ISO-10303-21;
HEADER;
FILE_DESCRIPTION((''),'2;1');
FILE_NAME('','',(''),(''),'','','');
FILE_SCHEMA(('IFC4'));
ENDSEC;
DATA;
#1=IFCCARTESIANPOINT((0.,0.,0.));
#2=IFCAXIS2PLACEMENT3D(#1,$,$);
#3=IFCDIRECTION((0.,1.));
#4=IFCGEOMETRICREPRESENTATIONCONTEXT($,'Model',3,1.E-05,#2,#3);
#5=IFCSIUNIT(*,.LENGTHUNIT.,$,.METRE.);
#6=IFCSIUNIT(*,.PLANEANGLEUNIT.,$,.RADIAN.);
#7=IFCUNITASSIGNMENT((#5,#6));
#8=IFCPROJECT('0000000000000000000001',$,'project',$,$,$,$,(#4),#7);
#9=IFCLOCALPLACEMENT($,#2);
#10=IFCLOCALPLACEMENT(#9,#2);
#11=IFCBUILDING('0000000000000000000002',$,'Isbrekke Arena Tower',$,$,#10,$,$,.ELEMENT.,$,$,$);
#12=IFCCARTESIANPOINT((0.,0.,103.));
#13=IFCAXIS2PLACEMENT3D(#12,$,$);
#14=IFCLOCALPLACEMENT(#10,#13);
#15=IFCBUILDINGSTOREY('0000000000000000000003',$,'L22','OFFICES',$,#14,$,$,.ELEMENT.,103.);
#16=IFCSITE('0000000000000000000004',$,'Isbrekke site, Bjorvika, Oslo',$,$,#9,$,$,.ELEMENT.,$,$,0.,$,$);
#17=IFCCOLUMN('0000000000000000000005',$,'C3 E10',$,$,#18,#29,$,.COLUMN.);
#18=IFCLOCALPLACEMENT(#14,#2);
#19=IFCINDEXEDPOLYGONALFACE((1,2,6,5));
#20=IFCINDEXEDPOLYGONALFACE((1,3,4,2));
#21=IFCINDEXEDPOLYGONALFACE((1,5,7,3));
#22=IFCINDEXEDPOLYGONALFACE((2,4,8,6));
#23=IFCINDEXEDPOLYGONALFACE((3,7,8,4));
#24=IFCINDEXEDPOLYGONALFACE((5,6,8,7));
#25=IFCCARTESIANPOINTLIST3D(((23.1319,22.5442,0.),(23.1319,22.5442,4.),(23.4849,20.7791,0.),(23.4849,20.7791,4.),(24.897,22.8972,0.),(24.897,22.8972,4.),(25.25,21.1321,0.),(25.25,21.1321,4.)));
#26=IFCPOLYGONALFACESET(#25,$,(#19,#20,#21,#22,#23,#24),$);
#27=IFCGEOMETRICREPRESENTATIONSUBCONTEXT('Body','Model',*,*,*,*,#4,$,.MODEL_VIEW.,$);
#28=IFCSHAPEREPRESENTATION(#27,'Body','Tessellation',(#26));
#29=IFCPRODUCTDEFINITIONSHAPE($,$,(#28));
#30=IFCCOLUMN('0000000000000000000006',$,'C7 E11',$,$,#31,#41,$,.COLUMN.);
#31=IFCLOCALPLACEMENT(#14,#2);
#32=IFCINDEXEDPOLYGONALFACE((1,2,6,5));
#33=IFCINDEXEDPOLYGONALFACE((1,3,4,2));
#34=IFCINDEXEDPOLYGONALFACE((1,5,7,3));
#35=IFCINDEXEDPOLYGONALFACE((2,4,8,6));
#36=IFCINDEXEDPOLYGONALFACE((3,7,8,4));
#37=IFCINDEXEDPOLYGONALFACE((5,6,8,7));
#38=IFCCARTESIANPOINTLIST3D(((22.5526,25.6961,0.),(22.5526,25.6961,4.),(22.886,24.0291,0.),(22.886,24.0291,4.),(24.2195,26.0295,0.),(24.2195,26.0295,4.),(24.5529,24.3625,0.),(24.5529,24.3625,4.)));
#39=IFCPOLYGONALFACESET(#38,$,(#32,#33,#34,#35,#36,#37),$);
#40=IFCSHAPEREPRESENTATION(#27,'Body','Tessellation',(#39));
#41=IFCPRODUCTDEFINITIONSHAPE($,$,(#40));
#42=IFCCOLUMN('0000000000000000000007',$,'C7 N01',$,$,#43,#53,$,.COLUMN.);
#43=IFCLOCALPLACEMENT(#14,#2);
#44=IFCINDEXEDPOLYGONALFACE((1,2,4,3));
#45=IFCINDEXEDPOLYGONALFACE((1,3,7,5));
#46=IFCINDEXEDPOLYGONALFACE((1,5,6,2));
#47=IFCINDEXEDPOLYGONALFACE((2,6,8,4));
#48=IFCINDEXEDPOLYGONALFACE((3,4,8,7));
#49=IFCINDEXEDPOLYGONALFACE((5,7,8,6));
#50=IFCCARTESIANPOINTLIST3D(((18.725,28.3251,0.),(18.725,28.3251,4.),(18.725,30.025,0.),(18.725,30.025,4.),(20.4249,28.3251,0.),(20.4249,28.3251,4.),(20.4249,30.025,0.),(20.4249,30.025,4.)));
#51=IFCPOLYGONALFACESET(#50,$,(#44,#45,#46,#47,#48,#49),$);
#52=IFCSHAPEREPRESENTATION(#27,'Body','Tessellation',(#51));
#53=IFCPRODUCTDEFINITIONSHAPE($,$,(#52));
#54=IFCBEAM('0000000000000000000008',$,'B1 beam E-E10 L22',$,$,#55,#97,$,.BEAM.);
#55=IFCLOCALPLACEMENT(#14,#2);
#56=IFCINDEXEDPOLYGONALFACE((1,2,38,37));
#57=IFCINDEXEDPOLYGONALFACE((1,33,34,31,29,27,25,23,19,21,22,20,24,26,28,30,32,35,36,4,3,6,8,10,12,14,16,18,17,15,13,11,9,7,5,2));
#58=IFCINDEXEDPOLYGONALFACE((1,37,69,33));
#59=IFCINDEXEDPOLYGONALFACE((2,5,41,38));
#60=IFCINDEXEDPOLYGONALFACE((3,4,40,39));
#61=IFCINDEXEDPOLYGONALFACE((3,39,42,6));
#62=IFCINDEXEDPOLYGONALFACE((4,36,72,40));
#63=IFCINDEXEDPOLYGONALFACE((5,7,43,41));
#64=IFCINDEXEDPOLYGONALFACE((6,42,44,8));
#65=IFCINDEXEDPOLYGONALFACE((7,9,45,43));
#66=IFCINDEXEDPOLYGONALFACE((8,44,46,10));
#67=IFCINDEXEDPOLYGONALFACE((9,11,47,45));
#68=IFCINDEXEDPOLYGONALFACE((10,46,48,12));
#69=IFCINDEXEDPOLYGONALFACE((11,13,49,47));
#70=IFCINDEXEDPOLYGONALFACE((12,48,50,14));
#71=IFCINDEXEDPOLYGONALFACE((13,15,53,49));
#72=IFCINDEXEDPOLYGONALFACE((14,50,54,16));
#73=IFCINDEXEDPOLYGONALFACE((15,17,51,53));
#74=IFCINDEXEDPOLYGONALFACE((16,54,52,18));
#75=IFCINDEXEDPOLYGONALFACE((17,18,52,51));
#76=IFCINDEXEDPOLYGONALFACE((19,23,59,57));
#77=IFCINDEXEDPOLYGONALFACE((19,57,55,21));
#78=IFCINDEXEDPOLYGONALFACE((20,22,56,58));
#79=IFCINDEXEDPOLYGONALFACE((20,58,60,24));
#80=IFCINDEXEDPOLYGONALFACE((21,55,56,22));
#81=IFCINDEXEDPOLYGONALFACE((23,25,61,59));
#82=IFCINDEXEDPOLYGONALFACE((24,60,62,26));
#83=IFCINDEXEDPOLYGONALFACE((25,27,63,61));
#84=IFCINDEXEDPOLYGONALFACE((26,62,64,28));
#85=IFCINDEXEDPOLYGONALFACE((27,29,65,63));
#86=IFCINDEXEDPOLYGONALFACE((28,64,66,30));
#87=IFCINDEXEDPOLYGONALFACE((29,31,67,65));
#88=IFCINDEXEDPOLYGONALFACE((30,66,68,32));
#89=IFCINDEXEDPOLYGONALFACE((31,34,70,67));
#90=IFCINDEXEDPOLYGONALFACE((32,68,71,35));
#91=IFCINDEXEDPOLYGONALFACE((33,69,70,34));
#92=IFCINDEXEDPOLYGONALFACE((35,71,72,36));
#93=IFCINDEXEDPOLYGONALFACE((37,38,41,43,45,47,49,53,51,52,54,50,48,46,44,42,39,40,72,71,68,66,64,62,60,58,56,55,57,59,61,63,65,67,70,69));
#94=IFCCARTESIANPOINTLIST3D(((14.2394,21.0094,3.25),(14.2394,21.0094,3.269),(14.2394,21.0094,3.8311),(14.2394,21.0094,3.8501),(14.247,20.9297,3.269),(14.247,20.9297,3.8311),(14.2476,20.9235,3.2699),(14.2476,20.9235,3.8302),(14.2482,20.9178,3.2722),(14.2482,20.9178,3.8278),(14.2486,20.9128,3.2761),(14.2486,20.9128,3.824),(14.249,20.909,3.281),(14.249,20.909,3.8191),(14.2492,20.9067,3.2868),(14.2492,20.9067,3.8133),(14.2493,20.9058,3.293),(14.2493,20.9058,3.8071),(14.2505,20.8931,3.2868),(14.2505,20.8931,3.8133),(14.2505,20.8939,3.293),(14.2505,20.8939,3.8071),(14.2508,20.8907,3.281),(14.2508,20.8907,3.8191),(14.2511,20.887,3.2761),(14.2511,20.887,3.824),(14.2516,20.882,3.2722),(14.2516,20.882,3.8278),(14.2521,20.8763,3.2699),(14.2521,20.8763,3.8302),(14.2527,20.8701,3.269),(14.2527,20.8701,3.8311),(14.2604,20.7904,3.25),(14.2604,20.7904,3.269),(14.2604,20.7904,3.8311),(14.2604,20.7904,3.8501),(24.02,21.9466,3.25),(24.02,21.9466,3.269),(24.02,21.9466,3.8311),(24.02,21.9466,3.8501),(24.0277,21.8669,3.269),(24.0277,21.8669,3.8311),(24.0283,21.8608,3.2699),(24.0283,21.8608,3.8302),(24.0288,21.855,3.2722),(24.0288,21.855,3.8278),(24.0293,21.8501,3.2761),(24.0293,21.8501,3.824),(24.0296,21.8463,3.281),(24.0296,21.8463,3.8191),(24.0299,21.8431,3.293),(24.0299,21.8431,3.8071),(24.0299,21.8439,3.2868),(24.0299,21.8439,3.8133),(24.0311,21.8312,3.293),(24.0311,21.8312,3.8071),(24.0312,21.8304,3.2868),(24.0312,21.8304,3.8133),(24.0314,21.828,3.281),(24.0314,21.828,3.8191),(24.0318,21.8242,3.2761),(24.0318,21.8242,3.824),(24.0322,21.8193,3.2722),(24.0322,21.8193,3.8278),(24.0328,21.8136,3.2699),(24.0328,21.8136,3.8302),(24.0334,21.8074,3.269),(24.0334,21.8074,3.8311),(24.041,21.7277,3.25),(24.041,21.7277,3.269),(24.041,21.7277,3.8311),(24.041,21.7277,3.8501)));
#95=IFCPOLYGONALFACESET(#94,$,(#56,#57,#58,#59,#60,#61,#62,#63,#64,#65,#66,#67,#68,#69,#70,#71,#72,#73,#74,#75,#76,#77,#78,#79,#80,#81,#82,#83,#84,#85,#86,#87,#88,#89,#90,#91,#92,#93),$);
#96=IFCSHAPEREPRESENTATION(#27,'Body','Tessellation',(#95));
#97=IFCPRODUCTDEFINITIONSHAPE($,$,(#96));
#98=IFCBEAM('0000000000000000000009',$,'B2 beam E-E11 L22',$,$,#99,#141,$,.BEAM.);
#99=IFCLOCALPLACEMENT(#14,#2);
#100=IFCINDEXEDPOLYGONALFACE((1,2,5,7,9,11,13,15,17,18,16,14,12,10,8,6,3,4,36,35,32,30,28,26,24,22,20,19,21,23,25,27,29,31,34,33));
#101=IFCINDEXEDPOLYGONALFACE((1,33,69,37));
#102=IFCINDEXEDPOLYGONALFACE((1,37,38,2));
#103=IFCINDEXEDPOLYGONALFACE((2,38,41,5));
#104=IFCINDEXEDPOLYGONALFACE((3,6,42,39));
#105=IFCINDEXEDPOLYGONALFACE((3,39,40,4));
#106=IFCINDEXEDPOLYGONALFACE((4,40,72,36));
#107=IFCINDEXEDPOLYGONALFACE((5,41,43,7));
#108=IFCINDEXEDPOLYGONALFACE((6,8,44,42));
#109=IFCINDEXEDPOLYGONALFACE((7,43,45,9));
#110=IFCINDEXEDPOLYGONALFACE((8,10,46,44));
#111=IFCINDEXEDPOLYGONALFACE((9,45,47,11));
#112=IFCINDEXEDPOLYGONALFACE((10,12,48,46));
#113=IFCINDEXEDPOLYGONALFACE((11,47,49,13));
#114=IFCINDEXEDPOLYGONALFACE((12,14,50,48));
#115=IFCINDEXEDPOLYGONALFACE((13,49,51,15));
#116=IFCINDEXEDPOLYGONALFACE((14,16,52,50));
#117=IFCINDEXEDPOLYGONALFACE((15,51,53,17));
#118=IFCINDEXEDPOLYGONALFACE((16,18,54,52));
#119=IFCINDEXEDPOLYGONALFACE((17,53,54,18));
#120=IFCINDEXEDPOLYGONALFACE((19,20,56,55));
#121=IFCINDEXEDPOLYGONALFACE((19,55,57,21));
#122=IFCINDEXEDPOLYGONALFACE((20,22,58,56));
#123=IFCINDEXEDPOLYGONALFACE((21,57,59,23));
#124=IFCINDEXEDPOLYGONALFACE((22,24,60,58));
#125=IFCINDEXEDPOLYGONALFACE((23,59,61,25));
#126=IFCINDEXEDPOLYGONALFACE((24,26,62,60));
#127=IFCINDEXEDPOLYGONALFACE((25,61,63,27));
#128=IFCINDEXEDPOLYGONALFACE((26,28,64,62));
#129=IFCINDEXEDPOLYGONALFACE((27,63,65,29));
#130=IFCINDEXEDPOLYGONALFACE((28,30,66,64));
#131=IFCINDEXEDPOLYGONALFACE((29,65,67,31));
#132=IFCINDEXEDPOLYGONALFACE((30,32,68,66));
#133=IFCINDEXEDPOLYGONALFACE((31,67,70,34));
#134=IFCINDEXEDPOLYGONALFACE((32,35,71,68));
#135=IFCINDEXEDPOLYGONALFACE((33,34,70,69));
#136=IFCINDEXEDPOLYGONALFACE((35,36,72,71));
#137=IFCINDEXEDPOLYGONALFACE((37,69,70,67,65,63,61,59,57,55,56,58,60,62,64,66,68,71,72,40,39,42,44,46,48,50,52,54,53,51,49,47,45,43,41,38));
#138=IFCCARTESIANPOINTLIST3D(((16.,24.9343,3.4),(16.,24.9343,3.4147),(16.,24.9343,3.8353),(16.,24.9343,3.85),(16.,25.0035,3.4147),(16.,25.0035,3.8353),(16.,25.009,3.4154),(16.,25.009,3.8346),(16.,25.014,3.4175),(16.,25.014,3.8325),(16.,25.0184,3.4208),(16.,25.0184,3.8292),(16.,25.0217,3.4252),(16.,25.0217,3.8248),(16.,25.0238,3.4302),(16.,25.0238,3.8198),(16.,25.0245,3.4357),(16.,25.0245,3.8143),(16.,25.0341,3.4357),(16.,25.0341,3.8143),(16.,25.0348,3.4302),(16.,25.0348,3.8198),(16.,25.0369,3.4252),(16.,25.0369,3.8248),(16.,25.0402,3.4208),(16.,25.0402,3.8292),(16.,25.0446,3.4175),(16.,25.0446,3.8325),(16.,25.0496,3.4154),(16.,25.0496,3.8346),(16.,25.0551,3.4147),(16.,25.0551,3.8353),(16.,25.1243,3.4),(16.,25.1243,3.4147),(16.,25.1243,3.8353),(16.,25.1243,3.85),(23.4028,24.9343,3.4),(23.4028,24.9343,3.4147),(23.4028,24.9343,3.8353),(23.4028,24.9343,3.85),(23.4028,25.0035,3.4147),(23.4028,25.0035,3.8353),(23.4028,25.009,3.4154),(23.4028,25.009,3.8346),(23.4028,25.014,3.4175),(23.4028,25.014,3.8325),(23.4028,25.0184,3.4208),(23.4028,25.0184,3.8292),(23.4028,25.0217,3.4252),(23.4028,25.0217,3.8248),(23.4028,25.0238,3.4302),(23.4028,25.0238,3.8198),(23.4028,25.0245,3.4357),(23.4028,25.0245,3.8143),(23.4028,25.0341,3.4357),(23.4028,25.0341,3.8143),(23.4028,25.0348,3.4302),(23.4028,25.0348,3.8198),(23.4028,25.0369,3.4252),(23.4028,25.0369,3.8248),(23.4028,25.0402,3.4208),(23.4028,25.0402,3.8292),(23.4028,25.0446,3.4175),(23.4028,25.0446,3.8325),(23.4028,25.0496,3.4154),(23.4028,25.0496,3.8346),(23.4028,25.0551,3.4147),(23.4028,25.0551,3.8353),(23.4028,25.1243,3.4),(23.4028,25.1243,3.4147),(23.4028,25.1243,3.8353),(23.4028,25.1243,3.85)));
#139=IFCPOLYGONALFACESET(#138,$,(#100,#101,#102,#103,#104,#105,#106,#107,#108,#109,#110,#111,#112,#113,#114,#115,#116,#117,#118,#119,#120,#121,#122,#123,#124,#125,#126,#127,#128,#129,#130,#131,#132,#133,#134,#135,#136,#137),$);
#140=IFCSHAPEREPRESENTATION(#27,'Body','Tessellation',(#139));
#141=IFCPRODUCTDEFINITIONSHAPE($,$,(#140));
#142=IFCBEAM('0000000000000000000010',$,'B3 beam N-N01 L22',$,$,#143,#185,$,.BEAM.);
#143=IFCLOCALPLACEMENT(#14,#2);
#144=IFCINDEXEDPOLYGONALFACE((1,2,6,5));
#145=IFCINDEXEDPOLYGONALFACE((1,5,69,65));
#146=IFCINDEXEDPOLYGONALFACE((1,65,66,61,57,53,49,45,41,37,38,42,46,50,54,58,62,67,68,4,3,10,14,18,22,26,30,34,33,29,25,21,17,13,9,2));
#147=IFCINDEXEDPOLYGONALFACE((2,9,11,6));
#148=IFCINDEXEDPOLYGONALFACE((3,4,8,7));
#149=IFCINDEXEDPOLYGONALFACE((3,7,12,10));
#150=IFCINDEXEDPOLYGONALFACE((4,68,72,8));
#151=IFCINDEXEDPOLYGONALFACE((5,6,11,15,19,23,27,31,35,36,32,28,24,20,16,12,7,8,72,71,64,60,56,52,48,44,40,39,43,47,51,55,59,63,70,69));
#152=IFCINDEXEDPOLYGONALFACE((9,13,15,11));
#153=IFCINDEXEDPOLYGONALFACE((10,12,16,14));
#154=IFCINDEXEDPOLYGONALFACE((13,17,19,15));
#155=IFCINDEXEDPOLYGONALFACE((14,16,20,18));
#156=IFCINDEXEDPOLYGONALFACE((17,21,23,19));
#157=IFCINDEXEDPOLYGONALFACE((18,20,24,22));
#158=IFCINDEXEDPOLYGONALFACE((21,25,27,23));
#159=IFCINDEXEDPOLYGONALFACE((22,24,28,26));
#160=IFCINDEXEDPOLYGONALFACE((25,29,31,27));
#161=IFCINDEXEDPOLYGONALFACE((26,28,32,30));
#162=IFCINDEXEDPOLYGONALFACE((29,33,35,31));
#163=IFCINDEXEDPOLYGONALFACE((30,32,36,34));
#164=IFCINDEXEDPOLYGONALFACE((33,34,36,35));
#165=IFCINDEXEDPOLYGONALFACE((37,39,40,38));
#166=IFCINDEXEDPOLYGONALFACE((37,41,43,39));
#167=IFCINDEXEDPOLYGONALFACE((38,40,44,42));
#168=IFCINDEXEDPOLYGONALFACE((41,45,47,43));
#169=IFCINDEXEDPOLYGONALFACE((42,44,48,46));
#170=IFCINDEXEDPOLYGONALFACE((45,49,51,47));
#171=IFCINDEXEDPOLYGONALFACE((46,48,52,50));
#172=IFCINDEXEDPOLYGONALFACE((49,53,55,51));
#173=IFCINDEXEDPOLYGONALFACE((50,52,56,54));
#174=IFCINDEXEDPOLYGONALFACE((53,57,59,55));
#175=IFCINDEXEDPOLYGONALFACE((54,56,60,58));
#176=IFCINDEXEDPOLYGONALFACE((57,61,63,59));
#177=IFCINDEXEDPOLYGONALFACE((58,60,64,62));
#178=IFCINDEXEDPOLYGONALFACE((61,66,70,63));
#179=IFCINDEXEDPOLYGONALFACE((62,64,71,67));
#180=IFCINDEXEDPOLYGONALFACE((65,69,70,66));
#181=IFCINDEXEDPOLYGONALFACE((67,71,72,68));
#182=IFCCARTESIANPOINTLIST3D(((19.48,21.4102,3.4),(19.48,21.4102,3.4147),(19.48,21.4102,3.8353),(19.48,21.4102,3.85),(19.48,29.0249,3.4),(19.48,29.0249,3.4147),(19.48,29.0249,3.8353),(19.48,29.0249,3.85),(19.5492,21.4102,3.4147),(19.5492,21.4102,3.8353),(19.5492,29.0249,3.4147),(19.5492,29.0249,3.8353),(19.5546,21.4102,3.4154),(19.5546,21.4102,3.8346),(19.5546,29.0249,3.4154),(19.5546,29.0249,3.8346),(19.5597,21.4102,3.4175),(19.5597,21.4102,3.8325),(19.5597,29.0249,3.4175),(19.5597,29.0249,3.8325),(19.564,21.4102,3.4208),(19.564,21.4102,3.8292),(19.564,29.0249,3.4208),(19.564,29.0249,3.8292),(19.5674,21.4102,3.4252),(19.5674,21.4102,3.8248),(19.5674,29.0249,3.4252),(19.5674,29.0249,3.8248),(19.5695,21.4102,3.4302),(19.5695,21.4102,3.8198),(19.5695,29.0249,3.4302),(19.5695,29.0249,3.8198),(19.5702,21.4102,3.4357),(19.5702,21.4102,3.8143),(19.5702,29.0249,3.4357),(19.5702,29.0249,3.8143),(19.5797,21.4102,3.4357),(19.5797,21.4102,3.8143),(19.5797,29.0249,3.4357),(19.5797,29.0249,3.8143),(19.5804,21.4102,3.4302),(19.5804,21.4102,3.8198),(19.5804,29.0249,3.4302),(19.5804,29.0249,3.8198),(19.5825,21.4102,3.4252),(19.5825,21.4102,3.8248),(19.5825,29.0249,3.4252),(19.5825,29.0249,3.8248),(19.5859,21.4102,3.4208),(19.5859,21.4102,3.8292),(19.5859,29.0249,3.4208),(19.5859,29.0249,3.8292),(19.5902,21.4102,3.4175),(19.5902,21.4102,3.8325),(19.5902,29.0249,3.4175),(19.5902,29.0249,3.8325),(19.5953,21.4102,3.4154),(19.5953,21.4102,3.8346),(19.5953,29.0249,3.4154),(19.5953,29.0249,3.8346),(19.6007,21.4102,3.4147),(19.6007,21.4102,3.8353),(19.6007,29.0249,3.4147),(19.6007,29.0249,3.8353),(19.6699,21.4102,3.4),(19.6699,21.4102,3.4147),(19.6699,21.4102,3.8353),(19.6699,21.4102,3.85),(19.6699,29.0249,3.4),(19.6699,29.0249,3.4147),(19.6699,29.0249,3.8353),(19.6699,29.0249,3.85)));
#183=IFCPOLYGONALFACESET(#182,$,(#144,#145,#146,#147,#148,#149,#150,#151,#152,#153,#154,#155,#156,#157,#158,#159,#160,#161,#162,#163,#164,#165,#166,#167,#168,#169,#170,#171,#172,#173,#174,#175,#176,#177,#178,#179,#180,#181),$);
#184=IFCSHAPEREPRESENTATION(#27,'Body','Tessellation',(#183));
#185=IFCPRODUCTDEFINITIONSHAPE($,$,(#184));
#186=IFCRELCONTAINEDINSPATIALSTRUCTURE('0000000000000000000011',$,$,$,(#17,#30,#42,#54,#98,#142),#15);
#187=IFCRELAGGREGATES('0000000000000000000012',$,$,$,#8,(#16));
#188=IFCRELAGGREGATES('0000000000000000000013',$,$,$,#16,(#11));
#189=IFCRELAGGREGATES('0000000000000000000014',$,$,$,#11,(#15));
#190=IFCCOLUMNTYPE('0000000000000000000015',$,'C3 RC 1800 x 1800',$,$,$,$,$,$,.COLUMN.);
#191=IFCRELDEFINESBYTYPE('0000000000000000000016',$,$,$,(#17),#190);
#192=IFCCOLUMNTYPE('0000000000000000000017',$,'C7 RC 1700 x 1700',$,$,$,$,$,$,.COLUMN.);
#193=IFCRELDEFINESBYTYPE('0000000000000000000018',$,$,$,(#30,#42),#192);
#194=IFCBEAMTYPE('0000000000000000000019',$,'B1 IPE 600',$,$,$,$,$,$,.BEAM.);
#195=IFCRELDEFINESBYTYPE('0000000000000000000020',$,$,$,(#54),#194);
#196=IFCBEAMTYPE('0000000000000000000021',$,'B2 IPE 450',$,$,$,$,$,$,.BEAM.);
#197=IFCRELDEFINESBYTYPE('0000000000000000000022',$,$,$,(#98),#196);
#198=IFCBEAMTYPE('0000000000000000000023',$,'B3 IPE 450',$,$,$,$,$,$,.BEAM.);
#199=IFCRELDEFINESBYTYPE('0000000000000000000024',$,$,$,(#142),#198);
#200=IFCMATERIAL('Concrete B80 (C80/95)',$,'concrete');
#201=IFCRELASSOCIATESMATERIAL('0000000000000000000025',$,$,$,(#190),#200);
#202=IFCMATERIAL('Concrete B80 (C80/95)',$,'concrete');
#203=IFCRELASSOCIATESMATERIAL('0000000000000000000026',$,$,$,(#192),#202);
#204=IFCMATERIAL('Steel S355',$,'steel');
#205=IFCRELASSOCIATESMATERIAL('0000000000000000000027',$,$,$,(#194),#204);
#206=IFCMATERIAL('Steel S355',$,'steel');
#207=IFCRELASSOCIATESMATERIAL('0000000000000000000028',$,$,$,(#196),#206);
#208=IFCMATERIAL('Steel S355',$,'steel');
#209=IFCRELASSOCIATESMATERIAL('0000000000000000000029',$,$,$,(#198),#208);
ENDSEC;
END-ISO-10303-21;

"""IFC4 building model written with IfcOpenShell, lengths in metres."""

from ifc_helpers import new_model, si_unit, direction, frame, origin, origin_2d, place, context, subcontext, project, spatial, rectangle, i_section, extrude, material, material_profile, profile_set, type_object, element, save


model = new_model("IFC4")

# Units and contexts
model_context = context("Model", 3, precision=1e-05, world=origin(), true_north=direction((0.0, 1.0)))
body_context = subcontext(model_context, "Body", "Model", "MODEL_VIEW")
ifc_project = project(units=[si_unit("LENGTHUNIT", "METRE"), si_unit("PLANEANGLEUNIT", "RADIAN")], contexts=[model_context])

# Site, building, storey
site_placement = place(None, origin())
site = spatial("IfcSite", under=ifc_project, at=site_placement, Name="Isbrekke site, Bjorvika, Oslo", CompositionType="ELEMENT", RefElevation=0.0)
building_placement = place(site_placement, origin())
building = spatial("IfcBuilding", under=site, at=building_placement, Name="Isbrekke Arena Tower", CompositionType="ELEMENT")
storey_placement = place(building_placement, frame((0.0, 0.0, 103.0)))
storey = spatial("IfcBuildingStorey", under=building, at=storey_placement, Name="L22", Description="OFFICES", CompositionType="ELEMENT", Elevation=103.0)

# Columns
ifc_material_1 = material(Name="Concrete B80 (C80/95)", Category="concrete")
ifc_material_profile_1 = material_profile(ifc_material_1, rectangle(XDim=1.8, YDim=1.8, at=origin_2d()), Name="RC 1800x1800")
ifc_profile_set_1 = profile_set([ifc_material_profile_1], Name="Concrete B80 (C80/95)")
column_type_1 = type_object("IfcColumnType", Name="C3 RC 1800 x 1800", PredefinedType="COLUMN", material=ifc_profile_set_1)
column_placement = place(storey_placement, frame((24.1909, 21.8381, 0.0), z_axis=(0.0, 0.0, 1.0), x_axis=(-0.196116, 0.980581, 0.0)))
element("IfcColumn", 1, at=column_placement, inside=storey, type_object=column_type_1, Name="C3 E10", PredefinedType="COLUMN", context=body_context, shape_type="SweptSolid", body=[
    extrude(rectangle(XDim=1.8, YDim=1.8, at=origin_2d()), origin(), (0.0, 0.0, 1.0), 4.0),
])
ifc_material_2 = material(Name="Concrete B80 (C80/95)", Category="concrete")
ifc_material_profile_2 = material_profile(ifc_material_2, rectangle(XDim=1.7, YDim=1.7, at=origin_2d()), Name="RC 1700x1700")
ifc_profile_set_2 = profile_set([ifc_material_profile_2], Name="Concrete B80 (C80/95)")
column_type_2 = type_object("IfcColumnType", Name="C7 RC 1700 x 1700", PredefinedType="COLUMN", material=ifc_profile_set_2)
for number, where, z_axis, x_axis, name in (
    (2, (23.5527, 25.0293, 0.0), (0.0, 0.0, 1.0), (-0.196116, 0.980581, 0.0), "C7 E11"),
    (3, (19.575, 29.175, 0.0), (0.0, 0.0, 1.0), (-1.0, 0.0, 0.0), "C7 N01"),
):
    element("IfcColumn", number, at=place(storey_placement, frame(where, z_axis=z_axis, x_axis=x_axis)), inside=storey, type_object=column_type_2, Name=name, PredefinedType="COLUMN", context=body_context, shape_type="SweptSolid", body=[
        extrude(rectangle(XDim=1.7, YDim=1.7, at=origin_2d()), origin(), (0.0, 0.0, 1.0), 4.0),
    ])

# Beams
ifc_material_3 = material(Name="Steel S355", Category="steel")
ifc_material_profile_3 = material_profile(ifc_material_3, i_section(OverallWidth=0.22, OverallDepth=0.6001, WebThickness=0.012, FlangeThickness=0.019, FilletRadius=0.0239, at=origin_2d()), Name="IPE 600")
ifc_profile_set_3 = profile_set([ifc_material_profile_3], Name="Steel S355")
beam_type_1 = type_object("IfcBeamType", Name="B1 IPE 600", PredefinedType="BEAM", material=ifc_profile_set_3)
beam_1_placement = place(storey_placement, frame((24.0305, 21.8372, 3.55), z_axis=(-0.99544, -0.095392, 0.0), x_axis=(0.095392, -0.99544, 0.0)))
element("IfcBeam", 4, at=beam_1_placement, inside=storey, type_object=beam_type_1, Name="B1 beam E-E10 L22", PredefinedType="BEAM", context=body_context, shape_type="SweptSolid", body=[
    extrude(i_section(OverallWidth=0.22, OverallDepth=0.6001, WebThickness=0.012, FlangeThickness=0.019, FilletRadius=0.0239, at=origin_2d()), origin(), (0.0, 0.0, 1.0), 9.8254),
])
ifc_material_4 = material(Name="Steel S355", Category="steel")
ifc_material_profile_4 = material_profile(ifc_material_4, i_section(OverallWidth=0.1899, OverallDepth=0.45, WebThickness=0.0095, FlangeThickness=0.0146, FilletRadius=0.021, at=origin_2d()), Name="IPE 450")
ifc_profile_set_4 = profile_set([ifc_material_profile_4], Name="Steel S355")
beam_type_2 = type_object("IfcBeamType", Name="B2 IPE 450", PredefinedType="BEAM", material=ifc_profile_set_4)
beam_2_placement = place(storey_placement, frame((23.4028, 25.0293, 3.625), z_axis=(-1.0, 0.0, 0.0), x_axis=(0.0, -1.0, 0.0)))
element("IfcBeam", 5, at=beam_2_placement, inside=storey, type_object=beam_type_2, Name="B2 beam E-E11 L22", PredefinedType="BEAM", context=body_context, shape_type="SweptSolid", body=[
    extrude(i_section(OverallWidth=0.1899, OverallDepth=0.45, WebThickness=0.0095, FlangeThickness=0.0146, FilletRadius=0.021, at=origin_2d()), origin(), (0.0, 0.0, 1.0), 7.4028),
])
ifc_material_5 = material(Name="Steel S355", Category="steel")
ifc_material_profile_5 = material_profile(ifc_material_5, i_section(OverallWidth=0.1899, OverallDepth=0.45, WebThickness=0.0095, FlangeThickness=0.0146, FilletRadius=0.021, at=origin_2d()), Name="IPE 450")
ifc_profile_set_5 = profile_set([ifc_material_profile_5], Name="Steel S355")
beam_type_3 = type_object("IfcBeamType", Name="B3 IPE 450", PredefinedType="BEAM", material=ifc_profile_set_5)
beam_3_placement = place(storey_placement, frame((19.575, 29.0249, 3.625), z_axis=(0.0, -1.0, 0.0), x_axis=(1.0, 0.0, 0.0)))
element("IfcBeam", 6, at=beam_3_placement, inside=storey, type_object=beam_type_3, Name="B3 beam N-N01 L22", PredefinedType="BEAM", context=body_context, shape_type="SweptSolid", body=[
    extrude(i_section(OverallWidth=0.1899, OverallDepth=0.45, WebThickness=0.0095, FlangeThickness=0.0146, FilletRadius=0.021, at=origin_2d()), origin(), (0.0, 0.0, 1.0), 7.6147),
])

save(model, "model.ifc")
